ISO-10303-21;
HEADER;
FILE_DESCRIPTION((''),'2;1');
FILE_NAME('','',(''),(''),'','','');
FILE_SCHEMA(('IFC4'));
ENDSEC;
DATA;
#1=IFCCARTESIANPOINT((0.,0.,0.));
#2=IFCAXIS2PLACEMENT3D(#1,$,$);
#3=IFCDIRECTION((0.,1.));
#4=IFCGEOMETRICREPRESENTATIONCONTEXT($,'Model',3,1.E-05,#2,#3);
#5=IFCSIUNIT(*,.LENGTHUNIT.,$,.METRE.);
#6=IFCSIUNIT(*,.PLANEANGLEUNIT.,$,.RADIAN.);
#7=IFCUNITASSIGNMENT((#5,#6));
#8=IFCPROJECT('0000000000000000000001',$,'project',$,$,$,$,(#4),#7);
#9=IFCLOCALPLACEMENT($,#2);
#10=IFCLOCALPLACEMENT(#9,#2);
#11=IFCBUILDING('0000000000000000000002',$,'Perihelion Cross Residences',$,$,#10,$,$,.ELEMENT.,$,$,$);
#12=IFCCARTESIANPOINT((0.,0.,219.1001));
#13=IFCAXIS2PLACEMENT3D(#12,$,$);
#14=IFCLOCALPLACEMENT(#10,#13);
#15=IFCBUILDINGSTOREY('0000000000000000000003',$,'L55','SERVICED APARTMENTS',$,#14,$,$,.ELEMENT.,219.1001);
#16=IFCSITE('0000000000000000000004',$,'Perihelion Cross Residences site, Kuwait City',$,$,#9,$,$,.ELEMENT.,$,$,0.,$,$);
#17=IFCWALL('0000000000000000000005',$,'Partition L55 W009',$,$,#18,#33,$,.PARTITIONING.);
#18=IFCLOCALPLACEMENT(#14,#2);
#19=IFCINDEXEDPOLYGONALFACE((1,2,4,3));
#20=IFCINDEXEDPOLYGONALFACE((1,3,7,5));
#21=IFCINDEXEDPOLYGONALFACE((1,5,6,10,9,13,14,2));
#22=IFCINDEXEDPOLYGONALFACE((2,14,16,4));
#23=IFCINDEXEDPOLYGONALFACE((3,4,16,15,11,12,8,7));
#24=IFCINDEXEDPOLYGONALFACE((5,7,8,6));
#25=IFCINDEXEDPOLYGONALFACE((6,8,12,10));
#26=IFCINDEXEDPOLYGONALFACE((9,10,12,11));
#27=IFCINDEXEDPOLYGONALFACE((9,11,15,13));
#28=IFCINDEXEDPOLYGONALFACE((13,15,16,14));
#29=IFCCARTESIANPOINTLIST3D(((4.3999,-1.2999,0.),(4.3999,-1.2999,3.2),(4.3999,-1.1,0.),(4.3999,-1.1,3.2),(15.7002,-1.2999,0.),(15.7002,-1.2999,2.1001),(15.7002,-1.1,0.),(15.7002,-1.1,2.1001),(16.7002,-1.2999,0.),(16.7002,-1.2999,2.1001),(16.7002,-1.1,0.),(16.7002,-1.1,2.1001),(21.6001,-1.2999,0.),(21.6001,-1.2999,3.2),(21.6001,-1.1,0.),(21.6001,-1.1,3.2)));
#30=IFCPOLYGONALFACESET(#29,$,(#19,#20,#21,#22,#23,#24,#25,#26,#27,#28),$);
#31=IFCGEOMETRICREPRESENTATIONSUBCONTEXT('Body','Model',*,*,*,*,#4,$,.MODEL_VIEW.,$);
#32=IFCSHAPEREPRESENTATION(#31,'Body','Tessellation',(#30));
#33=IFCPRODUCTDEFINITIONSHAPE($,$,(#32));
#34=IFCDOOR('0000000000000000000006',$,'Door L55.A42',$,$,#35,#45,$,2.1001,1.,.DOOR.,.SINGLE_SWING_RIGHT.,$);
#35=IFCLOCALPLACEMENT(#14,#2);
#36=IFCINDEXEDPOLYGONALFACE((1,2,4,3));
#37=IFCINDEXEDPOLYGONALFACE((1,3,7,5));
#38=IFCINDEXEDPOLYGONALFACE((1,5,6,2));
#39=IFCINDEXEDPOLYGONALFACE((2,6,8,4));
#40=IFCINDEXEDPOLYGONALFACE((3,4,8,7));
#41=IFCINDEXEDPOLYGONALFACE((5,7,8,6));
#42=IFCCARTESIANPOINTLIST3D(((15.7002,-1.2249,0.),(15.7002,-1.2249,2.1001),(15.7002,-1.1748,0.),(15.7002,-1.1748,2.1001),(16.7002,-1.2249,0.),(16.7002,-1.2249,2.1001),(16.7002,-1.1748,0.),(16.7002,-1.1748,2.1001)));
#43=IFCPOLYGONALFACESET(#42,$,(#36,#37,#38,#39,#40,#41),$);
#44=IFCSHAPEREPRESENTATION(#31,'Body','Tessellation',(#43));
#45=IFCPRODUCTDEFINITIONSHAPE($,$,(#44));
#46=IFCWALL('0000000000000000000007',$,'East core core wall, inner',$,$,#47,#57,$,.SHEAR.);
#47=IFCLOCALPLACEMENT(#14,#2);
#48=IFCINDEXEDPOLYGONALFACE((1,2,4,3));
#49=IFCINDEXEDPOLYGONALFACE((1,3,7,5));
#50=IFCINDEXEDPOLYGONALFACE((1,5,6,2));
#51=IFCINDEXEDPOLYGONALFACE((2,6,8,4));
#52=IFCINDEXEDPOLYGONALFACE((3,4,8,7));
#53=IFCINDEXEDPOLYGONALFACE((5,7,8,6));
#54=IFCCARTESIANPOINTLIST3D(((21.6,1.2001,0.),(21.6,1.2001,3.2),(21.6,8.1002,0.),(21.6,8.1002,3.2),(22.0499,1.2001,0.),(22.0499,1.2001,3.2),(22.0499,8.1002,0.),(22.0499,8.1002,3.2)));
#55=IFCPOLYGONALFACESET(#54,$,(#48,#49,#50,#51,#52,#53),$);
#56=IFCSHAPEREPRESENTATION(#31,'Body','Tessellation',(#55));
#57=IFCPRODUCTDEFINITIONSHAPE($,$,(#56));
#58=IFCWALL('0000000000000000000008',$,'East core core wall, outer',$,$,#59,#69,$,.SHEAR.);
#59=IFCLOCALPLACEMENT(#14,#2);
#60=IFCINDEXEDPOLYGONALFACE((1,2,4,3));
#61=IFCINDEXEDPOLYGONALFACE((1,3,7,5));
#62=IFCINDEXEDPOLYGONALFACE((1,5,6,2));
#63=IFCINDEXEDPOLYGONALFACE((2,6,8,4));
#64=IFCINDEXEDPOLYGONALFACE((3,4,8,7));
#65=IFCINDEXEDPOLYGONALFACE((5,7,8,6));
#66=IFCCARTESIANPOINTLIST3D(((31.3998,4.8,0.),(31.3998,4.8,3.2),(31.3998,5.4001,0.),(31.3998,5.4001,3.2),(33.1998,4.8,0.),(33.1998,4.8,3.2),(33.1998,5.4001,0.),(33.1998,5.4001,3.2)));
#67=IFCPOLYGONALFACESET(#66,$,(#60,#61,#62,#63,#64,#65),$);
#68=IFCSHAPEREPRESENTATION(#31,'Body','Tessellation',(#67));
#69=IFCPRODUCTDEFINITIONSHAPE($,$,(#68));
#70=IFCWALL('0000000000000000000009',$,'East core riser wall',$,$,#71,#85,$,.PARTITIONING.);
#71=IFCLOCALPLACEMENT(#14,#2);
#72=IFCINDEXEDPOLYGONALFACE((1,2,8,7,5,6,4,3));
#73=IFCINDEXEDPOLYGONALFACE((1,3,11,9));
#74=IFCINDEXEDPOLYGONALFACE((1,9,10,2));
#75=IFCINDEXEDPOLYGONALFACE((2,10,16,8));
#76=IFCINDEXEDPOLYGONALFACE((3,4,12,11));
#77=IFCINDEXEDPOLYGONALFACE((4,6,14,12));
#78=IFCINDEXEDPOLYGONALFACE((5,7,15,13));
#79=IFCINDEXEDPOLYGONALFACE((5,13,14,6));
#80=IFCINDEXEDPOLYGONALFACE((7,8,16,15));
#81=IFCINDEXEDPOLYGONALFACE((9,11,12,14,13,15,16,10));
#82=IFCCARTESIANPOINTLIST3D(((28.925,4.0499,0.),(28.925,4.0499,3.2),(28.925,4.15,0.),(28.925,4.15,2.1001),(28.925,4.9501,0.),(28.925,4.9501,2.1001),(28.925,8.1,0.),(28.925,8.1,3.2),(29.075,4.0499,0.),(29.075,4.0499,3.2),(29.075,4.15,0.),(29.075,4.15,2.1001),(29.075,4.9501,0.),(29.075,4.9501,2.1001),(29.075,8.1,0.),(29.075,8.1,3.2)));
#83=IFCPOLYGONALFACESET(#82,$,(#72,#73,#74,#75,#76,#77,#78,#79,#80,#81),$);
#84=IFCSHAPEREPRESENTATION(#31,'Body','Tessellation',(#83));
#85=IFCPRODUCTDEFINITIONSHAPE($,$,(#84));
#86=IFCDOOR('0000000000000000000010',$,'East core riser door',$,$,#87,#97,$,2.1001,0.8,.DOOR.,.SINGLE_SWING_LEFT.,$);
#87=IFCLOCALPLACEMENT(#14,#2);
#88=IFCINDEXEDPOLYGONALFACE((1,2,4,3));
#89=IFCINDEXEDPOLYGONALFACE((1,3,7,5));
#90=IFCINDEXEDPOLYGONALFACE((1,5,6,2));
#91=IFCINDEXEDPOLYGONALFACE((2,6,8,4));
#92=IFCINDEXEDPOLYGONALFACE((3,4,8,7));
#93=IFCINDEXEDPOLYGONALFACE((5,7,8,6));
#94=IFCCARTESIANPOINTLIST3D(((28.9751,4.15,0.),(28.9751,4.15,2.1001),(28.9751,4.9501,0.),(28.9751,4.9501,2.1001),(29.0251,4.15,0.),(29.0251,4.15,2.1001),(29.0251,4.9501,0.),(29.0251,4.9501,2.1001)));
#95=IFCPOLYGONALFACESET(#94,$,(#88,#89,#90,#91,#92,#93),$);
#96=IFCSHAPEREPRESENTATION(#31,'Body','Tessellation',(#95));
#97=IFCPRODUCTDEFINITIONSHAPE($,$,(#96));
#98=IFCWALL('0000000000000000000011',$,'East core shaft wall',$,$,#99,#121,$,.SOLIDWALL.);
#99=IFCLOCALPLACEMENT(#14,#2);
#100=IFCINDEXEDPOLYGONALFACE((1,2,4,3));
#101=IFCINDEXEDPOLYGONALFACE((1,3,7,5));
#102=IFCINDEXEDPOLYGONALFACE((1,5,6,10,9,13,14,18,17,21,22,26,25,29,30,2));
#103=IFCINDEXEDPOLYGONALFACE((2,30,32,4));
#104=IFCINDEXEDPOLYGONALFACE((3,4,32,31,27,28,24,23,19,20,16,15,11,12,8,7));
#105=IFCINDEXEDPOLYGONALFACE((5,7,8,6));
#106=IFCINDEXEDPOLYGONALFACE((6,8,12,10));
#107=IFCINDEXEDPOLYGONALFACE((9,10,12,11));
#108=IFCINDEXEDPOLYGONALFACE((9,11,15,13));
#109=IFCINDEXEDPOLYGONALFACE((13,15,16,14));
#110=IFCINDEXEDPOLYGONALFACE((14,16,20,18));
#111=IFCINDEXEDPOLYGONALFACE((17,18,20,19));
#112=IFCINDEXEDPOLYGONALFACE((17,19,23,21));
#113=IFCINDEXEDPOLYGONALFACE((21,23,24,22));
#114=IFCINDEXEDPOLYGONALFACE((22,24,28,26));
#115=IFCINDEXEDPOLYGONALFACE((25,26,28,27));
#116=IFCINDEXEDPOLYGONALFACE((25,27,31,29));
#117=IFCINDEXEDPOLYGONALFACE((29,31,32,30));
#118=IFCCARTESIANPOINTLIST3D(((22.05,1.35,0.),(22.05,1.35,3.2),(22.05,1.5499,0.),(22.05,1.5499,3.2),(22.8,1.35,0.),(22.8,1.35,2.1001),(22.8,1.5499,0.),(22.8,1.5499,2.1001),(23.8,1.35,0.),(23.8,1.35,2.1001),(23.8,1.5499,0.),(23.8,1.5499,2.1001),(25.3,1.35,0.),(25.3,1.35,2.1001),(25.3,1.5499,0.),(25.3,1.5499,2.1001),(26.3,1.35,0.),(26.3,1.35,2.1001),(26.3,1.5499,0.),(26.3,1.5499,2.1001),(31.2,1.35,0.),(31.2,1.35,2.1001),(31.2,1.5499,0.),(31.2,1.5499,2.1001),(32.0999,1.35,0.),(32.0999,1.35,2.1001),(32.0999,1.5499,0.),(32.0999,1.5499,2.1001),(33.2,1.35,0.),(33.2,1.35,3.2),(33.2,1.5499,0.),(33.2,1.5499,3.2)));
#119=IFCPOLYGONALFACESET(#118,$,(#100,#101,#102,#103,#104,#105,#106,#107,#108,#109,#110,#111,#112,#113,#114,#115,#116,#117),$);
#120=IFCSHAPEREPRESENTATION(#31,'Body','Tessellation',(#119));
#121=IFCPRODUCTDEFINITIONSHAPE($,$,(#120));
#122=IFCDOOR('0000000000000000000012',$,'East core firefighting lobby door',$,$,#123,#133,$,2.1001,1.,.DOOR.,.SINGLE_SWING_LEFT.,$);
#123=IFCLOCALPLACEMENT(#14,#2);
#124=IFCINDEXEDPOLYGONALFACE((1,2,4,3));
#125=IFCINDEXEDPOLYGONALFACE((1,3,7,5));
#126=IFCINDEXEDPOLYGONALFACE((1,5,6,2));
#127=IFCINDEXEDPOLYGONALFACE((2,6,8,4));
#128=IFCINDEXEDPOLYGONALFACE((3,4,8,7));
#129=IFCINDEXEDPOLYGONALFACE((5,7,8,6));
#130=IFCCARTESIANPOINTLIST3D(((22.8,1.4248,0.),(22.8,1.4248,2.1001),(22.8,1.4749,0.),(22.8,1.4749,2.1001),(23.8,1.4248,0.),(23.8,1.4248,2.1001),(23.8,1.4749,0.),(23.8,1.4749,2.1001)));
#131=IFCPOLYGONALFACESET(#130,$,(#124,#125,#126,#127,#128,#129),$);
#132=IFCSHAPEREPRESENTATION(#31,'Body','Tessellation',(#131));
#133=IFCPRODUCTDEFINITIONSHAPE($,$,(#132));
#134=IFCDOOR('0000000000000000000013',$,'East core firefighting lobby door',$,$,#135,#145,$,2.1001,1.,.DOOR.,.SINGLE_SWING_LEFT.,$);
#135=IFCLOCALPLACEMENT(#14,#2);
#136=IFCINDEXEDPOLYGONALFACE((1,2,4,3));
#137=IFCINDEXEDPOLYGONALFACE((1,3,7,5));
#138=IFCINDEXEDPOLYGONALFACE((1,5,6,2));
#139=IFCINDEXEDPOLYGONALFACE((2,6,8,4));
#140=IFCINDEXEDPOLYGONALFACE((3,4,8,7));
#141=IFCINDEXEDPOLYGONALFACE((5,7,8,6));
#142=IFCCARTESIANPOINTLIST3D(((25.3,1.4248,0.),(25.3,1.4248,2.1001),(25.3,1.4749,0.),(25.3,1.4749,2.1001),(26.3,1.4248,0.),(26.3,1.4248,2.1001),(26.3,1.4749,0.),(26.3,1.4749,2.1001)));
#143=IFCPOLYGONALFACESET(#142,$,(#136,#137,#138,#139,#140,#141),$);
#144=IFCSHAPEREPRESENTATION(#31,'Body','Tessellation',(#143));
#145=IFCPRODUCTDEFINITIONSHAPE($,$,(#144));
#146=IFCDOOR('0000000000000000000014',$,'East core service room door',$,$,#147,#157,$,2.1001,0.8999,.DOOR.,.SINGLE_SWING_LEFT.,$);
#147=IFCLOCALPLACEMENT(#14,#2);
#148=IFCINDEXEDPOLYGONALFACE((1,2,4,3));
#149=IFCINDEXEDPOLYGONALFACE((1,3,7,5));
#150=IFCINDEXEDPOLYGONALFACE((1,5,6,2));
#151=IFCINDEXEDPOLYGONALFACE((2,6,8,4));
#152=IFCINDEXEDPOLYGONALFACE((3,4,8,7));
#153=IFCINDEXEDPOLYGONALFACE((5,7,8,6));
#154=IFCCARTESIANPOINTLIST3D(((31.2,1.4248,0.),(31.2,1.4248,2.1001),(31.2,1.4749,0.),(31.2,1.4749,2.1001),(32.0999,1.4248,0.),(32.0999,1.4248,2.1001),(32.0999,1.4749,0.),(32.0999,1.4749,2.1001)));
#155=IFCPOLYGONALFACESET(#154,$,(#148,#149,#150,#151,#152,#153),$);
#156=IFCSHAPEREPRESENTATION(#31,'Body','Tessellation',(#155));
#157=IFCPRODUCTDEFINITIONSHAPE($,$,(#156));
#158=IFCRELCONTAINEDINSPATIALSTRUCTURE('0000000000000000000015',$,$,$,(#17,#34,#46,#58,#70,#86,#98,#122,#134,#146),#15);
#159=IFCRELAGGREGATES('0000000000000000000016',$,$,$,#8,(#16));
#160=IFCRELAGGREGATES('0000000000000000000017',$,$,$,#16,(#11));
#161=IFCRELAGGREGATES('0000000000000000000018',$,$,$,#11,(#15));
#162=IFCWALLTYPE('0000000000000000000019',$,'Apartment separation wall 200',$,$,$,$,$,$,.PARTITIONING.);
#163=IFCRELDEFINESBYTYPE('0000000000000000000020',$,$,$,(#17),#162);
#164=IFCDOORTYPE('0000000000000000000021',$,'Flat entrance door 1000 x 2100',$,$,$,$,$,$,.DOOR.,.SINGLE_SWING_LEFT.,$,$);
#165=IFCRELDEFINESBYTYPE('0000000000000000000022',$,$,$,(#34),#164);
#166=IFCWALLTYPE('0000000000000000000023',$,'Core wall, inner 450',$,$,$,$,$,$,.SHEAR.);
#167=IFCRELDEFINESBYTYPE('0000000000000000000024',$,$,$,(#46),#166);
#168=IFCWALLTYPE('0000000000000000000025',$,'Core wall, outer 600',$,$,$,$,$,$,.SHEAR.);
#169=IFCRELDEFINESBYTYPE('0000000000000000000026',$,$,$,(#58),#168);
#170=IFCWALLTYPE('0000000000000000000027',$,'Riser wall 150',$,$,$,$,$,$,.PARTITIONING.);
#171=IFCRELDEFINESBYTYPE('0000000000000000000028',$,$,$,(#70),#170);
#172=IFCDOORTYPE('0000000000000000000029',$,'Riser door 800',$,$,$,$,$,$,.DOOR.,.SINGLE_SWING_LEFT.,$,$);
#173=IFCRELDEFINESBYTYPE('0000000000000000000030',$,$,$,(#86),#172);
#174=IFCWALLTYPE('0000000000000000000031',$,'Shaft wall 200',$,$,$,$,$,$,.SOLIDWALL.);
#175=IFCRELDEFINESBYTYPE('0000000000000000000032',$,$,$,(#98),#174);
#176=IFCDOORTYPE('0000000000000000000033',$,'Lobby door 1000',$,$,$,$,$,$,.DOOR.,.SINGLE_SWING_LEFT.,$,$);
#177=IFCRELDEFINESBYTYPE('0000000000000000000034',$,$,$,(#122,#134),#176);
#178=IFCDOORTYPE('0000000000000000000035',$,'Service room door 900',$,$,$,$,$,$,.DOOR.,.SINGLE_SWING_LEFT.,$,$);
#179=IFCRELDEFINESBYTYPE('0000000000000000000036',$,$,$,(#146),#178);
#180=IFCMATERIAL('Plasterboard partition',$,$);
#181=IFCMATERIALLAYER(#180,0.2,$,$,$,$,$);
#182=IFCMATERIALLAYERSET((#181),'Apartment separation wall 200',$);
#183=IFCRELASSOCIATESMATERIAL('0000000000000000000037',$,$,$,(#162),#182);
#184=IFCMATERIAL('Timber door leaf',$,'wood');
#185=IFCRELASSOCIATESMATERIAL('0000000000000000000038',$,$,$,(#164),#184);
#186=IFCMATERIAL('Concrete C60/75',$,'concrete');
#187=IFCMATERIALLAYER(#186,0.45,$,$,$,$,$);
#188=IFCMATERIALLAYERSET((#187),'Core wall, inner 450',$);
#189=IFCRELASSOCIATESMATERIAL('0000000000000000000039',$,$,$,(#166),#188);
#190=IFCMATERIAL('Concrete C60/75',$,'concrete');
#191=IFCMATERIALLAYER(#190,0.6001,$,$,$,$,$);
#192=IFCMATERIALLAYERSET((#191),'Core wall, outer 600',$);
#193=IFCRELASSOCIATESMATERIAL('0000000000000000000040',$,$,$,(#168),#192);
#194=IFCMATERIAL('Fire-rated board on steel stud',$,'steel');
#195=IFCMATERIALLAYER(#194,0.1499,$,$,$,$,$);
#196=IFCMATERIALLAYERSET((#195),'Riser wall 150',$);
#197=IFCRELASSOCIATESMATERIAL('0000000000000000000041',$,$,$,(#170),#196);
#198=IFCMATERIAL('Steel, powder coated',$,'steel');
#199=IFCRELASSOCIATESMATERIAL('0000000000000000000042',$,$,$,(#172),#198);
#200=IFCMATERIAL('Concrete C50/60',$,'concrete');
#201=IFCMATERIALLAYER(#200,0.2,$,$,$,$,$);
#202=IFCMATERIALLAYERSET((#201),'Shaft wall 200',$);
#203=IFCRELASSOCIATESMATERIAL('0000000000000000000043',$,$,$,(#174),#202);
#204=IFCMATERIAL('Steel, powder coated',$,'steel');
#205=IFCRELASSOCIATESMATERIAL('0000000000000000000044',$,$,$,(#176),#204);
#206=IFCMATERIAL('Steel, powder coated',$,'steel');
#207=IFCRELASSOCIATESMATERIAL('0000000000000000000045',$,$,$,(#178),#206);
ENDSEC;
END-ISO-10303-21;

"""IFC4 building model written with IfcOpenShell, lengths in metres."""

from ifc_helpers import new_model, si_unit, direction, frame, frame_2d, origin, place, context, subcontext, project, spatial, rectangle, extrude, material, layer, layer_set, type_object, element, fill, save


model = new_model("IFC4")

# Units and contexts
model_context = context("Model", 3, precision=1e-05, world=origin(), true_north=direction((0.0, 1.0)))
body_context = subcontext(model_context, "Body", "Model", "MODEL_VIEW")
ifc_project = project(units=[si_unit("LENGTHUNIT", "METRE"), si_unit("PLANEANGLEUNIT", "RADIAN")], contexts=[model_context])

# Site, building, storey
site_placement = place(None, origin())
site = spatial("IfcSite", under=ifc_project, at=site_placement, Name="Perihelion Cross Residences site, Kuwait City", CompositionType="ELEMENT", RefElevation=0.0)
building_placement = place(site_placement, origin())
building = spatial("IfcBuilding", under=site, at=building_placement, Name="Perihelion Cross Residences", CompositionType="ELEMENT")
storey_placement = place(building_placement, frame((0.0, 0.0, 219.1001)))
storey = spatial("IfcBuildingStorey", under=building, at=storey_placement, Name="L55", Description="SERVICED APARTMENTS", CompositionType="ELEMENT", Elevation=219.1001)

# Wall, opening, door
ifc_material_1 = material(Name="Plasterboard partition")
ifc_layer_1 = layer(ifc_material_1, 0.2)
ifc_layer_set_1 = layer_set([ifc_layer_1], Name="Apartment separation wall 200")
wall_type_1 = type_object("IfcWallType", Name="Apartment separation wall 200", PredefinedType="PARTITIONING", material=ifc_layer_set_1)
wall_1_placement = place(storey_placement, frame((21.6001, -1.2, 0.0), z_axis=(0.0, 0.0, 1.0), x_axis=(-1.0, 0.0, 0.0)))
wall_1 = element("IfcWall", 1, at=wall_1_placement, inside=storey, type_object=wall_type_1, Name="Partition L55 W009", PredefinedType="PARTITIONING", context=body_context, shape_type="SweptSolid", body=[
    extrude(rectangle(XDim=17.2002, YDim=0.2, at=frame_2d((8.6001, 0.0))), origin(), (0.0, 0.0, 1.0), 3.2),
])
opening_1_placement = place(wall_1_placement, frame((4.8999, 0.0, 0.0)))
opening_1 = element("IfcOpeningElement", 2, at=opening_1_placement, cuts=wall_1, PredefinedType="OPENING", context=body_context, shape_type="SweptSolid", body=[
    extrude(rectangle(XDim=1.0, YDim=2.1001, at=frame_2d((0.5, 1.05))), frame((0.0, 0.1099, 0.0), z_axis=(0.0, -1.0, 0.0), x_axis=(1.0, 0.0, 0.0)), (0.0, 0.0, 1.0), 0.22),
])
ifc_material_2 = material(Name="Timber door leaf", Category="wood")
door_type_1 = type_object("IfcDoorType", Name="Flat entrance door 1000 x 2100", OperationType="SINGLE_SWING_LEFT", PredefinedType="DOOR", material=ifc_material_2)
door_1_placement = place(opening_1_placement, origin())
door_1 = element("IfcDoor", 3, at=door_1_placement, inside=storey, type_object=door_type_1, Name="Door L55.A42", OperationType="SINGLE_SWING_RIGHT", OverallHeight=2.1001, OverallWidth=1.0, PredefinedType="DOOR", context=body_context, shape_type="SweptSolid", body=[
    extrude(rectangle(XDim=1.0, YDim=2.1001, at=frame_2d((0.5, 1.05))), frame((0.0, 0.0249, 0.0), z_axis=(0.0, -1.0, 0.0), x_axis=(1.0, 0.0, 0.0)), (0.0, 0.0, 1.0), 0.05),
])
fill(opening_1, door_1)

# Walls
ifc_material_3 = material(Name="Concrete C60/75", Category="concrete")
ifc_layer_2 = layer(ifc_material_3, 0.45)
ifc_layer_set_2 = layer_set([ifc_layer_2], Name="Core wall, inner 450")
wall_type_2 = type_object("IfcWallType", Name="Core wall, inner 450", PredefinedType="SHEAR", material=ifc_layer_set_2)
wall_2_placement = place(storey_placement, frame((21.825, 1.2, 0.0), z_axis=(0.0, 0.0, 1.0), x_axis=(0.0, 1.0, 0.0)))
element("IfcWall", 4, at=wall_2_placement, inside=storey, type_object=wall_type_2, Name="East core core wall, inner", PredefinedType="SHEAR", context=body_context, shape_type="SweptSolid", body=[
    extrude(rectangle(XDim=6.9001, YDim=0.45, at=frame_2d((3.4502, 0.0))), origin(), (0.0, 0.0, 1.0), 3.2),
])
ifc_material_4 = material(Name="Concrete C60/75", Category="concrete")
ifc_layer_3 = layer(ifc_material_4, 0.6001)
ifc_layer_set_3 = layer_set([ifc_layer_3], Name="Core wall, outer 600")
wall_type_3 = type_object("IfcWallType", Name="Core wall, outer 600", PredefinedType="SHEAR", material=ifc_layer_set_3)
wall_3_placement = place(storey_placement, frame((31.3999, 5.1001, 0.0), z_axis=(0.0, 0.0, 1.0), x_axis=(1.0, 0.0, 0.0)))
element("IfcWall", 5, at=wall_3_placement, inside=storey, type_object=wall_type_3, Name="East core core wall, outer", PredefinedType="SHEAR", context=body_context, shape_type="SweptSolid", body=[
    extrude(rectangle(XDim=1.8, YDim=0.6001, at=frame_2d((0.8999, 0.0))), origin(), (0.0, 0.0, 1.0), 3.2),
])

# Wall, opening, door
ifc_material_5 = material(Name="Fire-rated board on steel stud", Category="steel")
ifc_layer_4 = layer(ifc_material_5, 0.1499)
ifc_layer_set_4 = layer_set([ifc_layer_4], Name="Riser wall 150")
wall_type_4 = type_object("IfcWallType", Name="Riser wall 150", PredefinedType="PARTITIONING", material=ifc_layer_set_4)
wall_4_placement = place(storey_placement, frame((29.0, 4.05, 0.0), z_axis=(0.0, 0.0, 1.0), x_axis=(0.0, 1.0, 0.0)))
wall_4 = element("IfcWall", 6, at=wall_4_placement, inside=storey, type_object=wall_type_4, Name="East core riser wall", PredefinedType="PARTITIONING", context=body_context, shape_type="SweptSolid", body=[
    extrude(rectangle(XDim=4.05, YDim=0.1499, at=frame_2d((2.0249, 0.0))), origin(), (0.0, 0.0, 1.0), 3.2),
])
opening_2_placement = place(wall_4_placement, frame((0.1001, 0.0, 0.0)))
opening_2 = element("IfcOpeningElement", 7, at=opening_2_placement, cuts=wall_4, PredefinedType="OPENING", context=body_context, shape_type="SweptSolid", body=[
    extrude(rectangle(XDim=0.8, YDim=2.1001, at=frame_2d((0.3999, 1.05))), frame((0.0, 0.085, 0.0), z_axis=(0.0, -1.0, 0.0), x_axis=(1.0, 0.0, 0.0)), (0.0, 0.0, 1.0), 0.1699),
])
ifc_material_6 = material(Name="Steel, powder coated", Category="steel")
door_type_2 = type_object("IfcDoorType", Name="Riser door 800", OperationType="SINGLE_SWING_LEFT", PredefinedType="DOOR", material=ifc_material_6)
door_2_placement = place(opening_2_placement, origin())
door_2 = element("IfcDoor", 8, at=door_2_placement, inside=storey, type_object=door_type_2, Name="East core riser door", OperationType="SINGLE_SWING_LEFT", OverallHeight=2.1001, OverallWidth=0.8, PredefinedType="DOOR", context=body_context, shape_type="SweptSolid", body=[
    extrude(rectangle(XDim=0.8, YDim=2.1001, at=frame_2d((0.3999, 1.05))), frame((0.0, 0.0249, 0.0), z_axis=(0.0, -1.0, 0.0), x_axis=(1.0, 0.0, 0.0)), (0.0, 0.0, 1.0), 0.05),
])
fill(opening_2, door_2)

# Wall, openings, doors
ifc_material_7 = material(Name="Concrete C50/60", Category="concrete")
ifc_layer_5 = layer(ifc_material_7, 0.2)
ifc_layer_set_5 = layer_set([ifc_layer_5], Name="Shaft wall 200")
wall_type_5 = type_object("IfcWallType", Name="Shaft wall 200", PredefinedType="SOLIDWALL", material=ifc_layer_set_5)
wall_5_placement = place(storey_placement, frame((22.05, 1.45, 0.0), z_axis=(0.0, 0.0, 1.0), x_axis=(1.0, 0.0, 0.0)))
wall_5 = element("IfcWall", 9, at=wall_5_placement, inside=storey, type_object=wall_type_5, Name="East core shaft wall", PredefinedType="SOLIDWALL", context=body_context, shape_type="SweptSolid", body=[
    extrude(rectangle(XDim=11.1499, YDim=0.2, at=frame_2d((5.575, 0.0))), origin(), (0.0, 0.0, 1.0), 3.2),
])
opening_3_placement = place(wall_5_placement, frame((0.75, 0.0, 0.0)))
opening_3 = element("IfcOpeningElement", 10, at=opening_3_placement, cuts=wall_5, PredefinedType="OPENING", context=body_context, shape_type="SweptSolid", body=[
    extrude(rectangle(XDim=1.0, YDim=2.1001, at=frame_2d((0.5, 1.05))), frame((0.0, 0.1099, 0.0), z_axis=(0.0, -1.0, 0.0), x_axis=(1.0, 0.0, 0.0)), (0.0, 0.0, 1.0), 0.22),
])
opening_4_placement = place(wall_5_placement, frame((3.25, 0.0, 0.0)))
opening_4 = element("IfcOpeningElement", 11, at=opening_4_placement, cuts=wall_5, PredefinedType="OPENING", context=body_context, shape_type="SweptSolid", body=[
    extrude(rectangle(XDim=1.0, YDim=2.1001, at=frame_2d((0.5, 1.05))), frame((0.0, 0.1099, 0.0), z_axis=(0.0, -1.0, 0.0), x_axis=(1.0, 0.0, 0.0)), (0.0, 0.0, 1.0), 0.22),
])
opening_5_placement = place(wall_5_placement, frame((9.1499, 0.0, 0.0)))
opening_5 = element("IfcOpeningElement", 12, at=opening_5_placement, cuts=wall_5, PredefinedType="OPENING", context=body_context, shape_type="SweptSolid", body=[
    extrude(rectangle(XDim=0.8999, YDim=2.1001, at=frame_2d((0.45, 1.05))), frame((0.0, 0.1099, 0.0), z_axis=(0.0, -1.0, 0.0), x_axis=(1.0, 0.0, 0.0)), (0.0, 0.0, 1.0), 0.22),
])
ifc_material_8 = material(Name="Steel, powder coated", Category="steel")
door_type_3 = type_object("IfcDoorType", Name="Lobby door 1000", OperationType="SINGLE_SWING_LEFT", PredefinedType="DOOR", material=ifc_material_8)
door_3_placement = place(opening_3_placement, origin())
door_3 = element("IfcDoor", 13, at=door_3_placement, inside=storey, type_object=door_type_3, Name="East core firefighting lobby door", OperationType="SINGLE_SWING_LEFT", OverallHeight=2.1001, OverallWidth=1.0, PredefinedType="DOOR", context=body_context, shape_type="SweptSolid", body=[
    extrude(rectangle(XDim=1.0, YDim=2.1001, at=frame_2d((0.5, 1.05))), frame((0.0, 0.0249, 0.0), z_axis=(0.0, -1.0, 0.0), x_axis=(1.0, 0.0, 0.0)), (0.0, 0.0, 1.0), 0.05),
])
fill(opening_3, door_3)
door_4_placement = place(opening_4_placement, origin())
door_4 = element("IfcDoor", 14, at=door_4_placement, inside=storey, type_object=door_type_3, Name="East core firefighting lobby door", OperationType="SINGLE_SWING_LEFT", OverallHeight=2.1001, OverallWidth=1.0, PredefinedType="DOOR", context=body_context, shape_type="SweptSolid", body=[
    extrude(rectangle(XDim=1.0, YDim=2.1001, at=frame_2d((0.5, 1.05))), frame((0.0, 0.0249, 0.0), z_axis=(0.0, -1.0, 0.0), x_axis=(1.0, 0.0, 0.0)), (0.0, 0.0, 1.0), 0.05),
])
fill(opening_4, door_4)
ifc_material_9 = material(Name="Steel, powder coated", Category="steel")
door_type_4 = type_object("IfcDoorType", Name="Service room door 900", OperationType="SINGLE_SWING_LEFT", PredefinedType="DOOR", material=ifc_material_9)
door_5_placement = place(opening_5_placement, origin())
door_5 = element("IfcDoor", 15, at=door_5_placement, inside=storey, type_object=door_type_4, Name="East core service room door", OperationType="SINGLE_SWING_LEFT", OverallHeight=2.1001, OverallWidth=0.8999, PredefinedType="DOOR", context=body_context, shape_type="SweptSolid", body=[
    extrude(rectangle(XDim=0.8999, YDim=2.1001, at=frame_2d((0.45, 1.05))), frame((0.0, 0.0249, 0.0), z_axis=(0.0, -1.0, 0.0), x_axis=(1.0, 0.0, 0.0)), (0.0, 0.0, 1.0), 0.05),
])
fill(opening_5, door_5)

save(model, "model.ifc")
